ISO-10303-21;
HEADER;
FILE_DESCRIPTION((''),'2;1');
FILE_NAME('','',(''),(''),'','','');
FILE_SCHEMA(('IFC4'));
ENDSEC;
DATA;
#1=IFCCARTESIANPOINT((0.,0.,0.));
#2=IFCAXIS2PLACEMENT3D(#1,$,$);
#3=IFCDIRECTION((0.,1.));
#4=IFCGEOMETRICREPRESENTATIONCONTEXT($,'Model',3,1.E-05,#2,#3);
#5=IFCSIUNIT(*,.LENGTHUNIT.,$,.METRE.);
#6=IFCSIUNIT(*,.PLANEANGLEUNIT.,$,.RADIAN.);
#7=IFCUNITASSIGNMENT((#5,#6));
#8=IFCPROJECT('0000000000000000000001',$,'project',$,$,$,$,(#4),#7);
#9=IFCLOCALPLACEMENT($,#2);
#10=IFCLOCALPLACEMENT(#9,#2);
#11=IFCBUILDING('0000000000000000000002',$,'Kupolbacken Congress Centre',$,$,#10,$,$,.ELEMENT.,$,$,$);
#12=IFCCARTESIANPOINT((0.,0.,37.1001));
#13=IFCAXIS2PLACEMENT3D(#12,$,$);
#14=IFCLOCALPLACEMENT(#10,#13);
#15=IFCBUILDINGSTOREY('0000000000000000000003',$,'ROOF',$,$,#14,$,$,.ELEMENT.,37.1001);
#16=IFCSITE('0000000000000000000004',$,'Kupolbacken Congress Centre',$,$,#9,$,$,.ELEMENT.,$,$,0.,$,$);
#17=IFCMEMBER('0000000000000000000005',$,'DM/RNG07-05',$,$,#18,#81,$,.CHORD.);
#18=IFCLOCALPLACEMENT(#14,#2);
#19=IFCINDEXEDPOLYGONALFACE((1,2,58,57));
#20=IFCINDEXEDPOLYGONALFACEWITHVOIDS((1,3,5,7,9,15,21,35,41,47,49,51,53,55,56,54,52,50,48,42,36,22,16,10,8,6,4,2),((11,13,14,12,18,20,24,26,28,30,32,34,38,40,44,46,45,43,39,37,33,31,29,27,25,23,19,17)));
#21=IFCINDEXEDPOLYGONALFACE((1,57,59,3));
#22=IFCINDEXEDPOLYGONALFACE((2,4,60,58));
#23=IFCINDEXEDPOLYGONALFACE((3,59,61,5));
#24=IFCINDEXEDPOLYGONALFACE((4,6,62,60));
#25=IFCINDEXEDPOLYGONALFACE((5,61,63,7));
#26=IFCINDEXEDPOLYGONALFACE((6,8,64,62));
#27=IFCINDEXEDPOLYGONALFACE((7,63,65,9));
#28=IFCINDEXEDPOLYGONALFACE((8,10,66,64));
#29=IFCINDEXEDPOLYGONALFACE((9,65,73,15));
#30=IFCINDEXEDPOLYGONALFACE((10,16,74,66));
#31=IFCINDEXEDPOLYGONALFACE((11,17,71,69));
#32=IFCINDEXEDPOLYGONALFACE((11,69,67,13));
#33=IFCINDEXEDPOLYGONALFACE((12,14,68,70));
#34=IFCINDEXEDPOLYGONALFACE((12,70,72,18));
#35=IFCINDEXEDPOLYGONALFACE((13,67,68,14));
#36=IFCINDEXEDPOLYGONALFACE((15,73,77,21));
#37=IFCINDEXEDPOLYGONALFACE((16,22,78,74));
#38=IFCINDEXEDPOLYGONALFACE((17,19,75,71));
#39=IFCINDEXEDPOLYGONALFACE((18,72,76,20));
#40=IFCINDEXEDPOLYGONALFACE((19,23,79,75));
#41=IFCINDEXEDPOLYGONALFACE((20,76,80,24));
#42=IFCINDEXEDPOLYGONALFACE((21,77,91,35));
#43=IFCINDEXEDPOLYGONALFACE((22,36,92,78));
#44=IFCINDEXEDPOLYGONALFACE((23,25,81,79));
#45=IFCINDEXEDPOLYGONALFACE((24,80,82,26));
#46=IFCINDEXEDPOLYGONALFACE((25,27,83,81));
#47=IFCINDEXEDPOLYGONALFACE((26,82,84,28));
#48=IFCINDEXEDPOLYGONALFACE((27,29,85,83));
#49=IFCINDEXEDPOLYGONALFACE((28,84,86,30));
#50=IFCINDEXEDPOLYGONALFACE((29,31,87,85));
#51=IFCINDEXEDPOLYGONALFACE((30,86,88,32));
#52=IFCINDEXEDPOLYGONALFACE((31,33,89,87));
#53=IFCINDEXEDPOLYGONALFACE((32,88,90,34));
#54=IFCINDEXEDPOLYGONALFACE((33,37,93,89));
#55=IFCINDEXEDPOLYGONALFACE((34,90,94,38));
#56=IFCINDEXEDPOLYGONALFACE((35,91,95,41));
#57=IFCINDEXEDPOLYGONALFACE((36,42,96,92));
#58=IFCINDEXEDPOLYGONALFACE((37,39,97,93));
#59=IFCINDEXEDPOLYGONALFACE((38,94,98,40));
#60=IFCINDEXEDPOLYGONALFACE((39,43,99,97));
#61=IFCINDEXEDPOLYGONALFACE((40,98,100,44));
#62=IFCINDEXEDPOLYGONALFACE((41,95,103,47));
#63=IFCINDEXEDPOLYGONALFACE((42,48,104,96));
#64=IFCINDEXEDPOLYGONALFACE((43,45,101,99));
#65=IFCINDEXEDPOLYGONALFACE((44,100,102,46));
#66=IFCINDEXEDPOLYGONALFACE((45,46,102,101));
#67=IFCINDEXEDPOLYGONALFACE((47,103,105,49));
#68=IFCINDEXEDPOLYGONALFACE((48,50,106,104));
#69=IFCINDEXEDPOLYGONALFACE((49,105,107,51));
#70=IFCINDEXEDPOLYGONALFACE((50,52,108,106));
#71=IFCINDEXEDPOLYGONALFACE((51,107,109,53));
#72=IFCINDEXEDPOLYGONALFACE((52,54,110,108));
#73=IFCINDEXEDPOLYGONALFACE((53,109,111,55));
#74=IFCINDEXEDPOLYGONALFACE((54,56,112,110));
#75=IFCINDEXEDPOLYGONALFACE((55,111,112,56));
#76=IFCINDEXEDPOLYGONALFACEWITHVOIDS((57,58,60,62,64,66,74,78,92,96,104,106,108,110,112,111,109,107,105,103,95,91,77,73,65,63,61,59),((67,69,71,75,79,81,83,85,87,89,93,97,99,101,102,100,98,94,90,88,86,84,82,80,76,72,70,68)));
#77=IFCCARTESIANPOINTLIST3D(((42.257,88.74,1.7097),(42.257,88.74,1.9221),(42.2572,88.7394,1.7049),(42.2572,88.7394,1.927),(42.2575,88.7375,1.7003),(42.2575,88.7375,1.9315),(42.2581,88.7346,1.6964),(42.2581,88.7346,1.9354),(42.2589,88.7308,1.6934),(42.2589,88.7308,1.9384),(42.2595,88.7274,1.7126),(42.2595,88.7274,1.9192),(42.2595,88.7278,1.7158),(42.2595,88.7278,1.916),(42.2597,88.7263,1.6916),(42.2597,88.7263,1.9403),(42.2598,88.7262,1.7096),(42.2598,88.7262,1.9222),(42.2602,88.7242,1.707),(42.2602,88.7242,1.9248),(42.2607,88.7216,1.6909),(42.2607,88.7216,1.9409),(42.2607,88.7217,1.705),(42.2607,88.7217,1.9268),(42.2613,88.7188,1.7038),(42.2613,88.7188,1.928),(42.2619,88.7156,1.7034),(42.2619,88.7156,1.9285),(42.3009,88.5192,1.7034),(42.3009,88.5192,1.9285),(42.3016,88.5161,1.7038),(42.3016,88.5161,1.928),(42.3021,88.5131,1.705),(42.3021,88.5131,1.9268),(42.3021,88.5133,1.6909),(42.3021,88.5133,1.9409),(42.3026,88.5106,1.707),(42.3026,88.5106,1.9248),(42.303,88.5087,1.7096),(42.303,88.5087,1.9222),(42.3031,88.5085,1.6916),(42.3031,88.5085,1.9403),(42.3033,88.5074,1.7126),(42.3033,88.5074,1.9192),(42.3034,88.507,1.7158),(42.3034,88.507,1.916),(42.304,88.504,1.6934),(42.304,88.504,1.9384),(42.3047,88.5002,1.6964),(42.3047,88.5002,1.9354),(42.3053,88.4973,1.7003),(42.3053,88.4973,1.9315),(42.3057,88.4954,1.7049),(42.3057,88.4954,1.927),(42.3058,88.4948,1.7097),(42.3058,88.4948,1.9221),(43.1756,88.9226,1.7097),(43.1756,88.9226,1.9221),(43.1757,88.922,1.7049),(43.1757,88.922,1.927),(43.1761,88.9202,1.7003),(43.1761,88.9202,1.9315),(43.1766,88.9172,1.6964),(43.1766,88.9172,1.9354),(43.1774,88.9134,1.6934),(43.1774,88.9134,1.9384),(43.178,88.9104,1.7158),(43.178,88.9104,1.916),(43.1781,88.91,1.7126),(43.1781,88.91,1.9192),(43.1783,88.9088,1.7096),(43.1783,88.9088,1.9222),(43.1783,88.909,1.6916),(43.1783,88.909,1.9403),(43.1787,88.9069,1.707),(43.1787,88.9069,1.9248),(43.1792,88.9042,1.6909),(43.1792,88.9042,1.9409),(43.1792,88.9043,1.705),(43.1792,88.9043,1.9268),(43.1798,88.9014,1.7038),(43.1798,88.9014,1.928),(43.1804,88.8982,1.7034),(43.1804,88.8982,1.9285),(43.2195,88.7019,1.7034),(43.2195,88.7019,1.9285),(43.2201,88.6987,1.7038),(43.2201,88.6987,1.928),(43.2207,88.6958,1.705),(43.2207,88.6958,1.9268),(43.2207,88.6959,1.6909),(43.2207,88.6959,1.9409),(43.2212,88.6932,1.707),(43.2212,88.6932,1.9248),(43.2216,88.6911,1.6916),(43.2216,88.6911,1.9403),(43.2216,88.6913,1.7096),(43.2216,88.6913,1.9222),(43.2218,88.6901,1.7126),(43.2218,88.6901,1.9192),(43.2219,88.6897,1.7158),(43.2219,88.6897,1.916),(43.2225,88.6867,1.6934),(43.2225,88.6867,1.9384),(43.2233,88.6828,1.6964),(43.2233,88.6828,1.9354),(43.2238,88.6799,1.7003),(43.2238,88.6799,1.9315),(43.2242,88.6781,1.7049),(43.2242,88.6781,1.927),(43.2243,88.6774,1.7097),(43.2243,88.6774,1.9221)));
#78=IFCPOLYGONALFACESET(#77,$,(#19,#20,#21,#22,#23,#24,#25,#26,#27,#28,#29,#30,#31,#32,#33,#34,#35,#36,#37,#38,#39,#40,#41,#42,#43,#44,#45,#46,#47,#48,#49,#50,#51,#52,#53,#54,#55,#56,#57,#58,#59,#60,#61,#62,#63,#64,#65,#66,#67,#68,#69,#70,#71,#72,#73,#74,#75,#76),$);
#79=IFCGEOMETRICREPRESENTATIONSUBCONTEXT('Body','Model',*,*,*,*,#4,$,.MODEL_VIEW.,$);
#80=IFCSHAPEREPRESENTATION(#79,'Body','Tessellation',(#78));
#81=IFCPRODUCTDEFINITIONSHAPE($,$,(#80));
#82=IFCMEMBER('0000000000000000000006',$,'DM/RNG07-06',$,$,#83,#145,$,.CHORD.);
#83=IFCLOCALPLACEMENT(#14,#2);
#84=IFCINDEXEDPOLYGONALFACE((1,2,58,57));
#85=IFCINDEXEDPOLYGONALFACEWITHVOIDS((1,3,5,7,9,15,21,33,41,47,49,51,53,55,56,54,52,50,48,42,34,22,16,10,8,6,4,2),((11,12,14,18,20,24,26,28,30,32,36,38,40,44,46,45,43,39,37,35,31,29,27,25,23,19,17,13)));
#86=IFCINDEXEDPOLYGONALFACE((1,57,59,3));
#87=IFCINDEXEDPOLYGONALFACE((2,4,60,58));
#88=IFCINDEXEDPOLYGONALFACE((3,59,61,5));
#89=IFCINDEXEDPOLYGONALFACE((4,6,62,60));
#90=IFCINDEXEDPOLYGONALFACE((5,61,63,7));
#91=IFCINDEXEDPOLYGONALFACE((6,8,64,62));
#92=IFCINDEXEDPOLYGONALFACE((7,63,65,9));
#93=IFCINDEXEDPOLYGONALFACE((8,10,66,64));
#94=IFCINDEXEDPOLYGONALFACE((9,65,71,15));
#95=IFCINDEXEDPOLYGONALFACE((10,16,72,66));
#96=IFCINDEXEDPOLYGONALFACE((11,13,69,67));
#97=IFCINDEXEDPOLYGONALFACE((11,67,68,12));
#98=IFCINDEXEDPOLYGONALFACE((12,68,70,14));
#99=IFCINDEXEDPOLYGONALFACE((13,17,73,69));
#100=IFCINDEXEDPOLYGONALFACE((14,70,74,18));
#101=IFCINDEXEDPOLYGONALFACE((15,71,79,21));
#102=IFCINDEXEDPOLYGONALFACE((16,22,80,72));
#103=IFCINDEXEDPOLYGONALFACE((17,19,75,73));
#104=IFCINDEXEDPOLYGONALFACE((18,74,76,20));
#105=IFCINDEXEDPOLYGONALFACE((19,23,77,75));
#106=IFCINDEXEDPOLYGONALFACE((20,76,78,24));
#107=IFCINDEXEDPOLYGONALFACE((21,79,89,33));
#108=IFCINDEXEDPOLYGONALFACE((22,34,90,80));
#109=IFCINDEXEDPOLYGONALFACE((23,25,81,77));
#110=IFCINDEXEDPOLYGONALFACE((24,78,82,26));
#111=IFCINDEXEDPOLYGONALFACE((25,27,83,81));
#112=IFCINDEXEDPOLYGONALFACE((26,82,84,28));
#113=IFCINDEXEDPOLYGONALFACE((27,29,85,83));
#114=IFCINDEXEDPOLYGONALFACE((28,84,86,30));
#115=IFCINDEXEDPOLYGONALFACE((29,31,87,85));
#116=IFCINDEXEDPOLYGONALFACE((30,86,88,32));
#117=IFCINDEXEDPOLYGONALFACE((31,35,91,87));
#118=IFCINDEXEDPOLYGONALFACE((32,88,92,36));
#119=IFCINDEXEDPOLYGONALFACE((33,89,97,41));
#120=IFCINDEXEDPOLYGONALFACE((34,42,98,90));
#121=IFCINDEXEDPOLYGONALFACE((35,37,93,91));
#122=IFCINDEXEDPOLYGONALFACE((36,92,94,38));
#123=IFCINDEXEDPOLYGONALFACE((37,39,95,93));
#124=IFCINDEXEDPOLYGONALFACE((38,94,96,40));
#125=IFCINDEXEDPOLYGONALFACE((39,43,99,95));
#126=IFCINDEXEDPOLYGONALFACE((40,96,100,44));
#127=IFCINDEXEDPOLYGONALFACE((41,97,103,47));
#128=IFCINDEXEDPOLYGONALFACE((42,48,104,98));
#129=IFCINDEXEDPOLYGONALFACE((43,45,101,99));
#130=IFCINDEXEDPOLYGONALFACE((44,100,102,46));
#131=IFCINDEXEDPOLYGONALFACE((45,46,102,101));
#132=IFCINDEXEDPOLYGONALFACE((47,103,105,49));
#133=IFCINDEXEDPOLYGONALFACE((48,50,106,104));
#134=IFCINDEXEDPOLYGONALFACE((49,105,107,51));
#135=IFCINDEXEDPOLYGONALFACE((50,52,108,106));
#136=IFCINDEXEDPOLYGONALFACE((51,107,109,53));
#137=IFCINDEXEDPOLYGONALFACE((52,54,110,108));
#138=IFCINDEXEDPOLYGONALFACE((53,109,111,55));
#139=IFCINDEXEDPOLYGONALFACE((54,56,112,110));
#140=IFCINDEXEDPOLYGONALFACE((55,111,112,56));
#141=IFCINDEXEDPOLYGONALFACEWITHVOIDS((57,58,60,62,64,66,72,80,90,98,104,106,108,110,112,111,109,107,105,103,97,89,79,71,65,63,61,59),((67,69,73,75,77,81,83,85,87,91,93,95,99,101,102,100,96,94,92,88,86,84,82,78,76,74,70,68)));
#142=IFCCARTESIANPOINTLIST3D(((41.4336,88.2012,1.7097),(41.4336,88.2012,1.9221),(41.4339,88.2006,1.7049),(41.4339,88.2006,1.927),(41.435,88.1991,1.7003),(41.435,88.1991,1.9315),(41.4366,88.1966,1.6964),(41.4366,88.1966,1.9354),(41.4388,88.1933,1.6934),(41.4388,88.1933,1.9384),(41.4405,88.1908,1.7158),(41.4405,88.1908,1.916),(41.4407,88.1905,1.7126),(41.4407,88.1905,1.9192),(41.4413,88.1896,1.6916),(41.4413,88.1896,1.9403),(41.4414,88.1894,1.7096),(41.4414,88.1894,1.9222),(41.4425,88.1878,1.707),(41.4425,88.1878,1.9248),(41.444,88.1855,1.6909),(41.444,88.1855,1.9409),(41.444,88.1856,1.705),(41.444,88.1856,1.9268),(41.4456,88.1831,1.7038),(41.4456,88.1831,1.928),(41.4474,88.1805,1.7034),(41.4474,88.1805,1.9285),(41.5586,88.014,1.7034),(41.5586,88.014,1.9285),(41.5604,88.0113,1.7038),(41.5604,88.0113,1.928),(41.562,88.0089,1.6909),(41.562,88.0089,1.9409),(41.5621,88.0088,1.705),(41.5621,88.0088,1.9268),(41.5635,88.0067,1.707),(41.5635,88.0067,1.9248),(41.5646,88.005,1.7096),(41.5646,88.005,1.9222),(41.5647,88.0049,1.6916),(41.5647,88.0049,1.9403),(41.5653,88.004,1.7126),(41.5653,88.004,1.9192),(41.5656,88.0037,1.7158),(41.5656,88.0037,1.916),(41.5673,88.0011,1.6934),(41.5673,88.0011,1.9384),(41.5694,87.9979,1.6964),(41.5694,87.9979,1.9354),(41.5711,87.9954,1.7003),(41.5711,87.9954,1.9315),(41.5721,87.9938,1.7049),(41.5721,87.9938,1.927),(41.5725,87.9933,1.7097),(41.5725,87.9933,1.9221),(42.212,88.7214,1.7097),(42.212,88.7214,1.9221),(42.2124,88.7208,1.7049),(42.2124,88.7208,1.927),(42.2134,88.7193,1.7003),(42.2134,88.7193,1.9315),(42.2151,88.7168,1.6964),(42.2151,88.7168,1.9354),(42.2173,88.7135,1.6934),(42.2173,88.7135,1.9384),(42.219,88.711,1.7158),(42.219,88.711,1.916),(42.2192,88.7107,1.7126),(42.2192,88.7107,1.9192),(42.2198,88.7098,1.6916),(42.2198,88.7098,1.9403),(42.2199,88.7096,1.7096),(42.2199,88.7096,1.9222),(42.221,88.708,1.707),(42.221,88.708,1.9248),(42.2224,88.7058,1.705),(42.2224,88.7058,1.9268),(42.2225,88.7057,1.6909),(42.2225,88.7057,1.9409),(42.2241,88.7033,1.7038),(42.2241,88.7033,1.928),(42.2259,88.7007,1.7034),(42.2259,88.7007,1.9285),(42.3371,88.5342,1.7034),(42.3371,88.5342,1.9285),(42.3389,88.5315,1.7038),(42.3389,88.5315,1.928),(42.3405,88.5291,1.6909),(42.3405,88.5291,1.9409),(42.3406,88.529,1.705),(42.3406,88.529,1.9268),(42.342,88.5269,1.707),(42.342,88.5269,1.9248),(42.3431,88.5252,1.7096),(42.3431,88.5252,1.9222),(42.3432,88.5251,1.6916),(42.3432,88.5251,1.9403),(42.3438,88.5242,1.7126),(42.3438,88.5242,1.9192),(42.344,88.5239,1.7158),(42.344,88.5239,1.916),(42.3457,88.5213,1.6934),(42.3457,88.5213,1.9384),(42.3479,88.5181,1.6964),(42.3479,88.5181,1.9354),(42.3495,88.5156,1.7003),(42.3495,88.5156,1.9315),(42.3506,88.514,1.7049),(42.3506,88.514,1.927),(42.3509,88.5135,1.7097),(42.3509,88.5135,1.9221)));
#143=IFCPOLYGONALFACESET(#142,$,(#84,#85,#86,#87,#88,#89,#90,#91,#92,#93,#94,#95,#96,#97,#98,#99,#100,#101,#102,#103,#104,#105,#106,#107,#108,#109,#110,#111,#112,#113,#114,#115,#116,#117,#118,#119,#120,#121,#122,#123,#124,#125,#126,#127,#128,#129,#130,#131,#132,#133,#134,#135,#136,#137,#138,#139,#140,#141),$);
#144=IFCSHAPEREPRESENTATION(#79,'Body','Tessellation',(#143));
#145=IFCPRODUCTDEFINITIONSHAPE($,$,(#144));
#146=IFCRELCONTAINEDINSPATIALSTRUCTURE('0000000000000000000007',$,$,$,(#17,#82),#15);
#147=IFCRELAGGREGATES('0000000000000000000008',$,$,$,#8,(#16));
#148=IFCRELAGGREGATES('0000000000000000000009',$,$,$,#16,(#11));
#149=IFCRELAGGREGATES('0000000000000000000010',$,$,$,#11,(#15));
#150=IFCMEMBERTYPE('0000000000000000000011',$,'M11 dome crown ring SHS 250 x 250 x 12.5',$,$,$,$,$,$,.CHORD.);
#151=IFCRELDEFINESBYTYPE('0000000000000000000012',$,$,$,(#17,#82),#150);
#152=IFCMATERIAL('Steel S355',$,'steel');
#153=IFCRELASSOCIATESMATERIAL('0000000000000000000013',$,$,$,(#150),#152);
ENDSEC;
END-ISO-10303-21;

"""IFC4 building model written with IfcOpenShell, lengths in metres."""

from ifc_helpers import new_model, si_unit, direction, frame, origin, origin_2d, place, context, subcontext, project, spatial, hollow_rectangle, extrude, material, material_profile, profile_set, type_object, element, save


model = new_model("IFC4")

# Units and contexts
model_context = context("Model", 3, precision=1e-05, world=origin(), true_north=direction((0.0, 1.0)))
body_context = subcontext(model_context, "Body", "Model", "MODEL_VIEW")
ifc_project = project(units=[si_unit("LENGTHUNIT", "METRE"), si_unit("PLANEANGLEUNIT", "RADIAN")], contexts=[model_context])

# Site, building, storey
site_placement = place(None, origin())
site = spatial("IfcSite", under=ifc_project, at=site_placement, Name="Kupolbacken Congress Centre", CompositionType="ELEMENT", RefElevation=0.0)
building_placement = place(site_placement, origin())
building = spatial("IfcBuilding", under=site, at=building_placement, Name="Kupolbacken Congress Centre", CompositionType="ELEMENT")
storey_placement = place(building_placement, frame((0.0, 0.0, 37.1001)))
storey = spatial("IfcBuildingStorey", under=building, at=storey_placement, Name="ROOF", CompositionType="ELEMENT", Elevation=37.1001)

# Members
ifc_material_1 = material(Name="Steel S355", Category="steel")
ifc_material_profile_1 = material_profile(ifc_material_1, hollow_rectangle(XDim=0.25, YDim=0.25, WallThickness=0.0125, InnerFilletRadius=0.0125, OuterFilletRadius=0.0188, at=origin_2d()), Name="SHS 250 x 250 x 12.5")
ifc_profile_set_1 = profile_set([ifc_material_profile_1], Name="Steel S355")
member_type_1 = type_object("IfcMemberType", Name="M11 dome crown ring SHS 250 x 250 x 12.5", PredefinedType="CHORD", material=ifc_profile_set_1)
member_1_placement = place(storey_placement, frame((43.2, 88.8, 1.8159), z_axis=(-0.980801, -0.195013, 0.0), x_axis=(0.195013, -0.980801, 0.0)))
element("IfcMember", 1, at=member_1_placement, inside=storey, type_object=member_type_1, Name="DM/RNG07-05", PredefinedType="CHORD", context=body_context, shape_type="SweptSolid", body=[
    extrude(hollow_rectangle(XDim=0.25, YDim=0.25, WallThickness=0.0125, InnerFilletRadius=0.0125, OuterFilletRadius=0.0188, at=origin_2d()), origin(), (0.0, 0.0, 1.0), 0.9365),
])
member_2_placement = place(storey_placement, frame((42.2815, 88.6174, 1.8159), z_axis=(-0.831448, -0.555602, 0.0), x_axis=(0.555602, -0.831448, 0.0)))
element("IfcMember", 2, at=member_2_placement, inside=storey, type_object=member_type_1, Name="DM/RNG07-06", PredefinedType="CHORD", context=body_context, shape_type="SweptSolid", body=[
    extrude(hollow_rectangle(XDim=0.25, YDim=0.25, WallThickness=0.0125, InnerFilletRadius=0.0125, OuterFilletRadius=0.0188, at=origin_2d()), origin(), (0.0, 0.0, 1.0), 0.9363),
])

save(model, "model.ifc")
